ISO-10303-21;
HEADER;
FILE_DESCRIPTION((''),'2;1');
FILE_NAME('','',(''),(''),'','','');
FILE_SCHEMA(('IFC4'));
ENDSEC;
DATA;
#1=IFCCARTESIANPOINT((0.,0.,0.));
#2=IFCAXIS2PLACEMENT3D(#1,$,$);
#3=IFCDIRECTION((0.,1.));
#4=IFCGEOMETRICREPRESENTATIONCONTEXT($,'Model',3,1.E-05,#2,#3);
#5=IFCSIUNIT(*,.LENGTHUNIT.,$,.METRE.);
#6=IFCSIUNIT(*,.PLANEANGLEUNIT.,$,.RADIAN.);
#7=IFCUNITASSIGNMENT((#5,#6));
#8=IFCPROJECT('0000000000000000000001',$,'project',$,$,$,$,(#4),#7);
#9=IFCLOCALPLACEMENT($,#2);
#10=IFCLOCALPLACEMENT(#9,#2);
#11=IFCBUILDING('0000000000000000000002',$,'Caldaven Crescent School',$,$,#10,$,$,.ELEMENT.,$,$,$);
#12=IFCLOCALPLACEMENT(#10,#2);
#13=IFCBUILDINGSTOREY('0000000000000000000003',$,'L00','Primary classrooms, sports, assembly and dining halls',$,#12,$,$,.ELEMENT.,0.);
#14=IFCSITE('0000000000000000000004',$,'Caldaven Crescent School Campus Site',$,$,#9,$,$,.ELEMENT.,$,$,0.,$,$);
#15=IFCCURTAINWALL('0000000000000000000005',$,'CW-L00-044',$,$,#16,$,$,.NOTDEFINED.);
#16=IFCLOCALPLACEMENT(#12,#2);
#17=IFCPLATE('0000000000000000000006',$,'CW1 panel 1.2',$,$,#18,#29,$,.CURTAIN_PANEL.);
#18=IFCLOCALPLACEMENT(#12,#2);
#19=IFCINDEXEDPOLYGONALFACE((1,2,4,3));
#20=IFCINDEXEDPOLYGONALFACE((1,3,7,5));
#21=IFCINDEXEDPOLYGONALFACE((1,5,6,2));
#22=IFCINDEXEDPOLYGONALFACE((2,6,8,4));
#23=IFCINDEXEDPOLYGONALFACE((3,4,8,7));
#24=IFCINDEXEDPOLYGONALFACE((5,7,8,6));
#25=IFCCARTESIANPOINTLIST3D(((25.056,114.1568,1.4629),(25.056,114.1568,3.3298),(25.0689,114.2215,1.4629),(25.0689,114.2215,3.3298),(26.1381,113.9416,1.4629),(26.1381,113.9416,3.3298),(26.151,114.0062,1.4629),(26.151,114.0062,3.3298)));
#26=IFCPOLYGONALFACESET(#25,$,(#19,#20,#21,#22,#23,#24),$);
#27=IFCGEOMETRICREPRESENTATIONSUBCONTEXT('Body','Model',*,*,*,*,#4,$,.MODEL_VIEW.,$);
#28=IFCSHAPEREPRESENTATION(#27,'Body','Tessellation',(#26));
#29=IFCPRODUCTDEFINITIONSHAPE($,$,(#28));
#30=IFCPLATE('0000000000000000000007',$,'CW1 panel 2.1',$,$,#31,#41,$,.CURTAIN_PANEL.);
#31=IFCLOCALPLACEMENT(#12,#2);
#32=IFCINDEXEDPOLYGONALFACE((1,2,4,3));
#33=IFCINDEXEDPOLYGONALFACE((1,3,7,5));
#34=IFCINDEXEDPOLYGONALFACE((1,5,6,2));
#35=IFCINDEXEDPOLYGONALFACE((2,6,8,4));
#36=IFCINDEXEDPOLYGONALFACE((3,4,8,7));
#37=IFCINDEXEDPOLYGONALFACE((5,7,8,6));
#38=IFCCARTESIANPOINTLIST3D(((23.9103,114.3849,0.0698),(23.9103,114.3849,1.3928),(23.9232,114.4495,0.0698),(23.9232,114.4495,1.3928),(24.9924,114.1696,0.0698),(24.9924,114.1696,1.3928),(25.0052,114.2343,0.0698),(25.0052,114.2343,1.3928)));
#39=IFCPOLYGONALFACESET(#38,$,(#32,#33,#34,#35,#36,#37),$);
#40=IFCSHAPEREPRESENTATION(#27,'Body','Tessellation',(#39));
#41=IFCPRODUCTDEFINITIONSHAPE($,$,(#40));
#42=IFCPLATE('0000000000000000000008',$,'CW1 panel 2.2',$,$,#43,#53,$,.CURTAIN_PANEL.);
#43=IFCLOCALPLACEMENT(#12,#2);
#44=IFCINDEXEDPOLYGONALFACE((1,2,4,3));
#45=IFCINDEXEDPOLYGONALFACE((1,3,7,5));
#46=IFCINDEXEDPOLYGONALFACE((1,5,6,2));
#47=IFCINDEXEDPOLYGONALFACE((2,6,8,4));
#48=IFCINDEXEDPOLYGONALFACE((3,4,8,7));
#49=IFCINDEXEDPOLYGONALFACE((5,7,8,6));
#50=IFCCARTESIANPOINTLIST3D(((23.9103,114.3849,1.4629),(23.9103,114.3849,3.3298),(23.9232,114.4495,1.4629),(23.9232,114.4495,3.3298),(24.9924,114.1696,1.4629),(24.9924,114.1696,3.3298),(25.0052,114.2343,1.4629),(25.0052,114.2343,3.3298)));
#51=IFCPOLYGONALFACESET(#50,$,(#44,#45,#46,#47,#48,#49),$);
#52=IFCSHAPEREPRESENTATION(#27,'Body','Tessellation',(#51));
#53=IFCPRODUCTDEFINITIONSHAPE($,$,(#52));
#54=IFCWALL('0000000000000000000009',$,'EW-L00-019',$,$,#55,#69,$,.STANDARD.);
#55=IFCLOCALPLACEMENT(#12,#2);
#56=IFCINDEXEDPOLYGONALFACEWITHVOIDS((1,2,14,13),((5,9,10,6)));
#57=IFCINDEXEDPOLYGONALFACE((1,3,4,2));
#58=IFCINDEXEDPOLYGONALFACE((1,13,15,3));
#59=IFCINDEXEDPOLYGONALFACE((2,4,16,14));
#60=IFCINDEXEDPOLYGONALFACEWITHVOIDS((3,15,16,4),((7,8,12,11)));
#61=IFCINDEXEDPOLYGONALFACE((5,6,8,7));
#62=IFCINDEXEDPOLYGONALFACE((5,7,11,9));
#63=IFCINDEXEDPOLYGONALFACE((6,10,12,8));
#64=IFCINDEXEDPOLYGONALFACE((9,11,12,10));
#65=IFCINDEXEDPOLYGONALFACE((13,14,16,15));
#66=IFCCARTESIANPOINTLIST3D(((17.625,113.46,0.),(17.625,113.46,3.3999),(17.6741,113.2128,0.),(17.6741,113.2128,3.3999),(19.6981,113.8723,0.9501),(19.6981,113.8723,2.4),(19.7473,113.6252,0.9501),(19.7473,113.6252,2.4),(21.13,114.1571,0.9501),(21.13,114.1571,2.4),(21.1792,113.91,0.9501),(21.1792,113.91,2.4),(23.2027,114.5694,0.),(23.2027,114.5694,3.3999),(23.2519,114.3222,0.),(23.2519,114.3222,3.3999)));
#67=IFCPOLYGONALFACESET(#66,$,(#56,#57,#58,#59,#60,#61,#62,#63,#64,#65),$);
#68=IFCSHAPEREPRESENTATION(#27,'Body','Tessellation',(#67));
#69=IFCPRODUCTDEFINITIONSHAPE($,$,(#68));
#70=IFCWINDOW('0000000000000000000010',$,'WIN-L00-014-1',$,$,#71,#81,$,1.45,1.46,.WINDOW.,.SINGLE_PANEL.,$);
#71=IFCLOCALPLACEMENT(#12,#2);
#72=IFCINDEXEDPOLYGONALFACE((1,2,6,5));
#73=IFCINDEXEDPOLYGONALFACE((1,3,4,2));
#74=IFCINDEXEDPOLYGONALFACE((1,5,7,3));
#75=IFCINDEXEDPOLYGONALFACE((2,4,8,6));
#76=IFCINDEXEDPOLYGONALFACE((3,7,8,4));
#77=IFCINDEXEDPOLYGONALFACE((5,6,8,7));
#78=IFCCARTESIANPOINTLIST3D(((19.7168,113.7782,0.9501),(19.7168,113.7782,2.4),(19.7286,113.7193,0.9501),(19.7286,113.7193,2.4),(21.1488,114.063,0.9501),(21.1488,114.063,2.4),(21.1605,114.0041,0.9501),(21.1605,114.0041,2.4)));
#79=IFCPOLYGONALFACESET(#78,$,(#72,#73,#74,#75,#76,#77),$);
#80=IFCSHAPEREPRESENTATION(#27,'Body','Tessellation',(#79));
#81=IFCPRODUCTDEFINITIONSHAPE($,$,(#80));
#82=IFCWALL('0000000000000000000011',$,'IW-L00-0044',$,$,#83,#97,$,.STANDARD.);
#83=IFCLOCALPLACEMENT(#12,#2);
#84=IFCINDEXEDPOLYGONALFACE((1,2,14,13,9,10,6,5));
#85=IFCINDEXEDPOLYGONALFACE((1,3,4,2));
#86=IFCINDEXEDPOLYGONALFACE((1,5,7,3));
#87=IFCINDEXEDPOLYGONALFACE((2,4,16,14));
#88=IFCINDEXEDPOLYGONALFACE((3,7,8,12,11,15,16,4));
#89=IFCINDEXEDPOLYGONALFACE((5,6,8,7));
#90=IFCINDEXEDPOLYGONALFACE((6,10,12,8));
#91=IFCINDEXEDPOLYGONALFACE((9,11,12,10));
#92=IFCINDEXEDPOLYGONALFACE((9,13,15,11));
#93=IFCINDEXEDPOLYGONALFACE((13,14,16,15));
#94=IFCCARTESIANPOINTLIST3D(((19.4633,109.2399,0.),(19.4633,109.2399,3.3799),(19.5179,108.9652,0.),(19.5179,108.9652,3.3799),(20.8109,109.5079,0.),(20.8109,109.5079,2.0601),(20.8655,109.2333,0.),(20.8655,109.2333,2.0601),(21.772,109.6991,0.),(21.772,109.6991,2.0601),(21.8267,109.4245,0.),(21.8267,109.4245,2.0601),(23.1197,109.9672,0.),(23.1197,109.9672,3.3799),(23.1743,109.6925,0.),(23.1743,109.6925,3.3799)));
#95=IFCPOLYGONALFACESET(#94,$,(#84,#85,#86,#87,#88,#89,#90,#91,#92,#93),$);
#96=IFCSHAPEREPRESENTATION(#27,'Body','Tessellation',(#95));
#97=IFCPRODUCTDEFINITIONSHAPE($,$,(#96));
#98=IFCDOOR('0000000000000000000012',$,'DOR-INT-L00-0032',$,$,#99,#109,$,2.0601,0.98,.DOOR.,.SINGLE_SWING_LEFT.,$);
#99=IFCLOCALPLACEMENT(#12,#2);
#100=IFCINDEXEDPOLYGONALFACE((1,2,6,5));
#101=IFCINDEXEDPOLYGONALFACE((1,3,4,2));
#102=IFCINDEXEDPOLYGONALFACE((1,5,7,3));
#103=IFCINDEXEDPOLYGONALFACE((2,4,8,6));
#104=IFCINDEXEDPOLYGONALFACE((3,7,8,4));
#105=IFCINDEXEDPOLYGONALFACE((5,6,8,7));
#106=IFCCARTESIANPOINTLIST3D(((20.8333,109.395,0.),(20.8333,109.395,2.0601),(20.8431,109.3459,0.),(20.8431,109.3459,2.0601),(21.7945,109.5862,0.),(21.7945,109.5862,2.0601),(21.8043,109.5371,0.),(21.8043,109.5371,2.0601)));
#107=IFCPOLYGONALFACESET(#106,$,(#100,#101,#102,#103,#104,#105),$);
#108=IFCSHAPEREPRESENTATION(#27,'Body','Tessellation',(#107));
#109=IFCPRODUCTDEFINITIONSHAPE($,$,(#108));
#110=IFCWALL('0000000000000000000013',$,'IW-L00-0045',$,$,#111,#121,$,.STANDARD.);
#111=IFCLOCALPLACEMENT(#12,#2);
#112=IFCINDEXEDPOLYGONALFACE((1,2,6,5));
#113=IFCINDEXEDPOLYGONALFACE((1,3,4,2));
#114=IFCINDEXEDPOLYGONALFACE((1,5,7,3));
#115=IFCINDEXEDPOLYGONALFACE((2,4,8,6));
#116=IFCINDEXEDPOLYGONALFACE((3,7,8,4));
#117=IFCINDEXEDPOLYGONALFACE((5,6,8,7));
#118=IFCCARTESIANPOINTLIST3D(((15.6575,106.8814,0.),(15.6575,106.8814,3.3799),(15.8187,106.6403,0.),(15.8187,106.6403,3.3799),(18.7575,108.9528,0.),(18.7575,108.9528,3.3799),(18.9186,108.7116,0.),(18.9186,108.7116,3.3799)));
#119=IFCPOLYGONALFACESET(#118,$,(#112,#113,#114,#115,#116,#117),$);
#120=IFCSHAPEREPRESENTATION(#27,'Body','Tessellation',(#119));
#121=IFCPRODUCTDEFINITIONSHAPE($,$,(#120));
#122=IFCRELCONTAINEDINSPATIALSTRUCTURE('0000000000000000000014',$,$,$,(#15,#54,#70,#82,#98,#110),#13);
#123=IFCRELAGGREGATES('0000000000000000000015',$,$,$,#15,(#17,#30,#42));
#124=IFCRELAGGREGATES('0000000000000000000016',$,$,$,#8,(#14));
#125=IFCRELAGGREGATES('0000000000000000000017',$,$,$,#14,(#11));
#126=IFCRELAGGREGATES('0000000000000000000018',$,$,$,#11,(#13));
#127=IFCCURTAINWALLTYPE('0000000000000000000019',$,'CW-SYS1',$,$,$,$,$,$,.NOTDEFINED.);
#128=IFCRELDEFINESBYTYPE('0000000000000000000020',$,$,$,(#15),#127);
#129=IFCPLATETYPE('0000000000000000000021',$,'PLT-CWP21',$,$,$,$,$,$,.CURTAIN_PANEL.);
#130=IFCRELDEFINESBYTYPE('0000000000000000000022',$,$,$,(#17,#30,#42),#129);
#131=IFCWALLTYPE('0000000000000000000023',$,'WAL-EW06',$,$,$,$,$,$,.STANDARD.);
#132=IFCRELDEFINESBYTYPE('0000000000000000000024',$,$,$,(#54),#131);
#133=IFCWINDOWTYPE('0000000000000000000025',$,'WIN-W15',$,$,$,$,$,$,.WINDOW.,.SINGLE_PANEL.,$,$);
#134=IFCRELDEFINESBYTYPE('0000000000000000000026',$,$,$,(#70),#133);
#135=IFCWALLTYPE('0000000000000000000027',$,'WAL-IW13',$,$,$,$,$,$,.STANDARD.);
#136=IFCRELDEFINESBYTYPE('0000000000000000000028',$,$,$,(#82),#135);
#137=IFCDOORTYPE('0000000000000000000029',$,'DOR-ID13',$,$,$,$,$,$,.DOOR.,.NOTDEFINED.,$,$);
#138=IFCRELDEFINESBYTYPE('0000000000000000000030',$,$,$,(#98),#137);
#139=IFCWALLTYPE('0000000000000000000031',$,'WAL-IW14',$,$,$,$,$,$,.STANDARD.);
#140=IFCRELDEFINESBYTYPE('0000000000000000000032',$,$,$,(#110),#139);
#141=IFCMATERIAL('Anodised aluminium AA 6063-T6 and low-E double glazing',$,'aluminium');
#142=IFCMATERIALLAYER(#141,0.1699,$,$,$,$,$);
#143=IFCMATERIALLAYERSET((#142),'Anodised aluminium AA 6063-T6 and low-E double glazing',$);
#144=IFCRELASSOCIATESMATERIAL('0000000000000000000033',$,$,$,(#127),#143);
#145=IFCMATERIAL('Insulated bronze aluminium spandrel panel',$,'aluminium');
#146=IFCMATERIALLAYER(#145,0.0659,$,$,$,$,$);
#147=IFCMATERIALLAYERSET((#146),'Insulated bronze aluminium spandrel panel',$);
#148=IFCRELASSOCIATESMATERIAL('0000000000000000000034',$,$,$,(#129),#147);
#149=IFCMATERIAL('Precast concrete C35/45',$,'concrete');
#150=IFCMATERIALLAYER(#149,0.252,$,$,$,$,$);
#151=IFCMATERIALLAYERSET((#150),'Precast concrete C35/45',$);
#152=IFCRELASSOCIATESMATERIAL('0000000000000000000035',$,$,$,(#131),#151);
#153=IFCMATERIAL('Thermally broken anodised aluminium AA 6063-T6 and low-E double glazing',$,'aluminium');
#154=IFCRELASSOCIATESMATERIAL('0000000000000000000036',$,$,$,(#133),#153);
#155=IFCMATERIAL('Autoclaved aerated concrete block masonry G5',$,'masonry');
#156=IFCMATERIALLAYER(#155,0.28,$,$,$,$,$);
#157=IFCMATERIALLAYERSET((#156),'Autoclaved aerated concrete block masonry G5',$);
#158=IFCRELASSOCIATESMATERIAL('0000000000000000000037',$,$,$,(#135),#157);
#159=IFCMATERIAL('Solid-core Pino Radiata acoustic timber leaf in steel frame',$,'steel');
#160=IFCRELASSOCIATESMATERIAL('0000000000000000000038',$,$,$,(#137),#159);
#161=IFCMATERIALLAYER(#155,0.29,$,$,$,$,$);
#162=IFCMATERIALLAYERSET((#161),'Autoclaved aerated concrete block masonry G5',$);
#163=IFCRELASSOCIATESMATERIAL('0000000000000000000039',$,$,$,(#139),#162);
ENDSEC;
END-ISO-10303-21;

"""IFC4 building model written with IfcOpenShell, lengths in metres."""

from ifc_helpers import new_model, si_unit, direction, frame, frame_2d, origin, origin_2d, place, context, subcontext, project, spatial, rectangle, extrude, material, layer, layer_set, type_object, element, fill, aggregate, save


model = new_model("IFC4")

# Units and contexts
model_context = context("Model", 3, precision=1e-05, world=origin(), true_north=direction((0.0, 1.0)))
body_context = subcontext(model_context, "Body", "Model", "MODEL_VIEW")
ifc_project = project(units=[si_unit("LENGTHUNIT", "METRE"), si_unit("PLANEANGLEUNIT", "RADIAN")], contexts=[model_context])

# Site, building, storey
site_placement = place(None, origin())
site = spatial("IfcSite", under=ifc_project, at=site_placement, Name="Caldaven Crescent School Campus Site", CompositionType="ELEMENT", RefElevation=0.0)
building_placement = place(site_placement, origin())
building = spatial("IfcBuilding", under=site, at=building_placement, Name="Caldaven Crescent School", CompositionType="ELEMENT")
storey_placement = place(building_placement, origin())
storey = spatial("IfcBuildingStorey", under=building, at=storey_placement, Name="L00", Description="Primary classrooms, sports, assembly and dining halls", CompositionType="ELEMENT", Elevation=0.0)

# Curtain wall
ifc_material_1 = material(Name="Anodised aluminium AA 6063-T6 and low-E double glazing", Category="aluminium")
ifc_layer_1 = layer(ifc_material_1, 0.1699)
ifc_layer_set_1 = layer_set([ifc_layer_1], Name="Anodised aluminium AA 6063-T6 and low-E double glazing")
curtain_wall_type_1 = type_object("IfcCurtainWallType", Name="CW-SYS1", PredefinedType="NOTDEFINED", material=ifc_layer_set_1)
curtain_wall_1_placement = place(storey_placement, origin())
curtain_wall_1 = element("IfcCurtainWall", 1, at=curtain_wall_1_placement, inside=storey, type_object=curtain_wall_type_1, Name="CW-L00-044", PredefinedType="NOTDEFINED")

# Plates
ifc_material_2 = material(Name="Insulated bronze aluminium spandrel panel", Category="aluminium")
ifc_layer_2 = layer(ifc_material_2, 0.0659)
ifc_layer_set_2 = layer_set([ifc_layer_2], Name="Insulated bronze aluminium spandrel panel")
plate_type_1 = type_object("IfcPlateType", Name="PLT-CWP21", PredefinedType="CURTAIN_PANEL", material=ifc_layer_set_2)
plate_1_placement = place(storey_placement, frame((25.6035, 114.0815, 1.4629), z_axis=(0.0, 0.0, 1.0), x_axis=(-0.980785, 0.195091, 0.0)))
plate_1 = element("IfcPlate", 2, at=plate_1_placement, type_object=plate_type_1, Name="CW1 panel 1.2", PredefinedType="CURTAIN_PANEL", context=body_context, shape_type="SweptSolid", body=[
    extrude(rectangle(XDim=1.1033, YDim=0.0659, at=origin_2d()), origin(), (0.0, 0.0, 1.0), 1.8669),
])
plate_2_placement = place(storey_placement, frame((24.4578, 114.3096, 0.0698), z_axis=(0.0, 0.0, 1.0), x_axis=(-0.980785, 0.195091, 0.0)))
plate_2 = element("IfcPlate", 3, at=plate_2_placement, type_object=plate_type_1, Name="CW1 panel 2.1", PredefinedType="CURTAIN_PANEL", context=body_context, shape_type="SweptSolid", body=[
    extrude(rectangle(XDim=1.1033, YDim=0.0659, at=origin_2d()), origin(), (0.0, 0.0, 1.0), 1.323),
])
plate_3_placement = place(storey_placement, frame((24.4578, 114.3096, 1.4629), z_axis=(0.0, 0.0, 1.0), x_axis=(-0.980785, 0.195091, 0.0)))
plate_3 = element("IfcPlate", 4, at=plate_3_placement, type_object=plate_type_1, Name="CW1 panel 2.2", PredefinedType="CURTAIN_PANEL", context=body_context, shape_type="SweptSolid", body=[
    extrude(rectangle(XDim=1.1033, YDim=0.0659, at=origin_2d()), origin(), (0.0, 0.0, 1.0), 1.8669),
])
aggregate(curtain_wall_1, [plate_1, plate_2, plate_3])

# Wall, opening, window
ifc_material_3 = material(Name="Precast concrete C35/45", Category="concrete")
ifc_layer_3 = layer(ifc_material_3, 0.252)
ifc_layer_set_3 = layer_set([ifc_layer_3], Name="Precast concrete C35/45")
wall_type_1 = type_object("IfcWallType", Name="WAL-EW06", PredefinedType="STANDARD", material=ifc_layer_set_3)
wall_1_placement = place(storey_placement, frame((23.2273, 114.4458, 0.0), z_axis=(0.0, 0.0, 1.0), x_axis=(-0.980788, -0.195076, 0.0)))
wall_1 = element("IfcWall", 5, at=wall_1_placement, inside=storey, type_object=wall_type_1, Name="EW-L00-019", PredefinedType="STANDARD", context=body_context, shape_type="SweptSolid", body=[
    extrude(rectangle(XDim=5.687, YDim=0.252, at=frame_2d((2.8435, 0.0))), origin(), (0.0, 0.0, 1.0), 3.3999),
])
opening_1_placement = place(wall_1_placement, frame((2.1133, 0.0, 0.95)))
opening_1 = element("IfcOpeningElement", 6, at=opening_1_placement, cuts=wall_1, PredefinedType="OPENING", context=body_context, shape_type="SweptSolid", body=[
    extrude(rectangle(XDim=1.46, YDim=1.45, at=frame_2d((0.73, 0.7251))), frame((0.0, 0.136, 0.0), z_axis=(0.0, -1.0, 0.0), x_axis=(1.0, 0.0, 0.0)), (0.0, 0.0, 1.0), 0.272),
])
ifc_material_4 = material(Name="Thermally broken anodised aluminium AA 6063-T6 and low-E double glazing", Category="aluminium")
window_type = type_object("IfcWindowType", Name="WIN-W15", PartitioningType="SINGLE_PANEL", PredefinedType="WINDOW", material=ifc_material_4)
window_placement = place(opening_1_placement, origin())
window = element("IfcWindow", 7, at=window_placement, inside=storey, type_object=window_type, Name="WIN-L00-014-1", OverallHeight=1.45, OverallWidth=1.46, PartitioningType="SINGLE_PANEL", PredefinedType="WINDOW", context=body_context, shape_type="SweptSolid", body=[
    extrude(rectangle(XDim=1.46, YDim=1.45, at=frame_2d((0.73, 0.7251))), frame((0.0, 0.03, 0.0), z_axis=(0.0, -1.0, 0.0), x_axis=(1.0, 0.0, 0.0)), (0.0, 0.0, 1.0), 0.0601),
])
fill(opening_1, window)

# Wall, opening, door
ifc_material_5 = material(Name="Autoclaved aerated concrete block masonry G5", Category="masonry")
ifc_layer_4 = layer(ifc_material_5, 0.28)
ifc_layer_set_4 = layer_set([ifc_layer_4], Name="Autoclaved aerated concrete block masonry G5")
wall_type_2 = type_object("IfcWallType", Name="WAL-IW13", PredefinedType="STANDARD", material=ifc_layer_set_4)
wall_2_placement = place(storey_placement, frame((23.147, 109.8298, 0.0), z_axis=(0.0, 0.0, 1.0), x_axis=(-0.980787, -0.195083, 0.0)))
wall_2 = element("IfcWall", 8, at=wall_2_placement, inside=storey, type_object=wall_type_2, Name="IW-L00-0044", PredefinedType="STANDARD", context=body_context, shape_type="SweptSolid", body=[
    extrude(rectangle(XDim=3.728, YDim=0.28, at=frame_2d((1.864, 0.0))), origin(), (0.0, 0.0, 1.0), 3.3799),
])
opening_2_placement = place(wall_2_placement, frame((1.374, 0.0, 0.0)))
opening_2 = element("IfcOpeningElement", 9, at=opening_2_placement, cuts=wall_2, PredefinedType="OPENING", context=body_context, shape_type="SweptSolid", body=[
    extrude(rectangle(XDim=0.98, YDim=2.0601, at=frame_2d((0.49, 1.03))), frame((0.0, 0.1499, 0.0), z_axis=(0.0, -1.0, 0.0), x_axis=(1.0, 0.0, 0.0)), (0.0, 0.0, 1.0), 0.3),
])
ifc_material_6 = material(Name="Solid-core Pino Radiata acoustic timber leaf in steel frame", Category="steel")
door_type = type_object("IfcDoorType", Name="DOR-ID13", OperationType="NOTDEFINED", PredefinedType="DOOR", material=ifc_material_6)
door_placement = place(opening_2_placement, frame((0.98, 0.0, 0.0), z_axis=(0.0, 0.0, 1.0), x_axis=(-1.0, 0.0, 0.0)))
door = element("IfcDoor", 10, at=door_placement, inside=storey, type_object=door_type, Name="DOR-INT-L00-0032", OperationType="SINGLE_SWING_LEFT", OverallHeight=2.0601, OverallWidth=0.98, PredefinedType="DOOR", context=body_context, shape_type="SweptSolid", body=[
    extrude(rectangle(XDim=0.98, YDim=2.0601, at=frame_2d((0.49, 1.03))), frame((0.0, 0.0249, 0.0), z_axis=(0.0, -1.0, 0.0), x_axis=(1.0, 0.0, 0.0)), (0.0, 0.0, 1.0), 0.05),
])
fill(opening_2, door)

# Wall
ifc_layer_5 = layer(ifc_material_5, 0.29)
ifc_layer_set_5 = layer_set([ifc_layer_5], Name="Autoclaved aerated concrete block masonry G5")
wall_type_3 = type_object("IfcWallType", Name="WAL-IW14", PredefinedType="STANDARD", material=ifc_layer_set_5)
wall_3_placement = place(storey_placement, frame((18.8381, 108.8323, 0.0), z_axis=(0.0, 0.0, 1.0), x_axis=(-0.831466, -0.555576, 0.0)))
element("IfcWall", 11, at=wall_3_placement, inside=storey, type_object=wall_type_3, Name="IW-L00-0045", PredefinedType="STANDARD", context=body_context, shape_type="SweptSolid", body=[
    extrude(rectangle(XDim=3.7283, YDim=0.29, at=frame_2d((1.8643, 0.0))), origin(), (0.0, 0.0, 1.0), 3.3799),
])

save(model, "model.ifc")
